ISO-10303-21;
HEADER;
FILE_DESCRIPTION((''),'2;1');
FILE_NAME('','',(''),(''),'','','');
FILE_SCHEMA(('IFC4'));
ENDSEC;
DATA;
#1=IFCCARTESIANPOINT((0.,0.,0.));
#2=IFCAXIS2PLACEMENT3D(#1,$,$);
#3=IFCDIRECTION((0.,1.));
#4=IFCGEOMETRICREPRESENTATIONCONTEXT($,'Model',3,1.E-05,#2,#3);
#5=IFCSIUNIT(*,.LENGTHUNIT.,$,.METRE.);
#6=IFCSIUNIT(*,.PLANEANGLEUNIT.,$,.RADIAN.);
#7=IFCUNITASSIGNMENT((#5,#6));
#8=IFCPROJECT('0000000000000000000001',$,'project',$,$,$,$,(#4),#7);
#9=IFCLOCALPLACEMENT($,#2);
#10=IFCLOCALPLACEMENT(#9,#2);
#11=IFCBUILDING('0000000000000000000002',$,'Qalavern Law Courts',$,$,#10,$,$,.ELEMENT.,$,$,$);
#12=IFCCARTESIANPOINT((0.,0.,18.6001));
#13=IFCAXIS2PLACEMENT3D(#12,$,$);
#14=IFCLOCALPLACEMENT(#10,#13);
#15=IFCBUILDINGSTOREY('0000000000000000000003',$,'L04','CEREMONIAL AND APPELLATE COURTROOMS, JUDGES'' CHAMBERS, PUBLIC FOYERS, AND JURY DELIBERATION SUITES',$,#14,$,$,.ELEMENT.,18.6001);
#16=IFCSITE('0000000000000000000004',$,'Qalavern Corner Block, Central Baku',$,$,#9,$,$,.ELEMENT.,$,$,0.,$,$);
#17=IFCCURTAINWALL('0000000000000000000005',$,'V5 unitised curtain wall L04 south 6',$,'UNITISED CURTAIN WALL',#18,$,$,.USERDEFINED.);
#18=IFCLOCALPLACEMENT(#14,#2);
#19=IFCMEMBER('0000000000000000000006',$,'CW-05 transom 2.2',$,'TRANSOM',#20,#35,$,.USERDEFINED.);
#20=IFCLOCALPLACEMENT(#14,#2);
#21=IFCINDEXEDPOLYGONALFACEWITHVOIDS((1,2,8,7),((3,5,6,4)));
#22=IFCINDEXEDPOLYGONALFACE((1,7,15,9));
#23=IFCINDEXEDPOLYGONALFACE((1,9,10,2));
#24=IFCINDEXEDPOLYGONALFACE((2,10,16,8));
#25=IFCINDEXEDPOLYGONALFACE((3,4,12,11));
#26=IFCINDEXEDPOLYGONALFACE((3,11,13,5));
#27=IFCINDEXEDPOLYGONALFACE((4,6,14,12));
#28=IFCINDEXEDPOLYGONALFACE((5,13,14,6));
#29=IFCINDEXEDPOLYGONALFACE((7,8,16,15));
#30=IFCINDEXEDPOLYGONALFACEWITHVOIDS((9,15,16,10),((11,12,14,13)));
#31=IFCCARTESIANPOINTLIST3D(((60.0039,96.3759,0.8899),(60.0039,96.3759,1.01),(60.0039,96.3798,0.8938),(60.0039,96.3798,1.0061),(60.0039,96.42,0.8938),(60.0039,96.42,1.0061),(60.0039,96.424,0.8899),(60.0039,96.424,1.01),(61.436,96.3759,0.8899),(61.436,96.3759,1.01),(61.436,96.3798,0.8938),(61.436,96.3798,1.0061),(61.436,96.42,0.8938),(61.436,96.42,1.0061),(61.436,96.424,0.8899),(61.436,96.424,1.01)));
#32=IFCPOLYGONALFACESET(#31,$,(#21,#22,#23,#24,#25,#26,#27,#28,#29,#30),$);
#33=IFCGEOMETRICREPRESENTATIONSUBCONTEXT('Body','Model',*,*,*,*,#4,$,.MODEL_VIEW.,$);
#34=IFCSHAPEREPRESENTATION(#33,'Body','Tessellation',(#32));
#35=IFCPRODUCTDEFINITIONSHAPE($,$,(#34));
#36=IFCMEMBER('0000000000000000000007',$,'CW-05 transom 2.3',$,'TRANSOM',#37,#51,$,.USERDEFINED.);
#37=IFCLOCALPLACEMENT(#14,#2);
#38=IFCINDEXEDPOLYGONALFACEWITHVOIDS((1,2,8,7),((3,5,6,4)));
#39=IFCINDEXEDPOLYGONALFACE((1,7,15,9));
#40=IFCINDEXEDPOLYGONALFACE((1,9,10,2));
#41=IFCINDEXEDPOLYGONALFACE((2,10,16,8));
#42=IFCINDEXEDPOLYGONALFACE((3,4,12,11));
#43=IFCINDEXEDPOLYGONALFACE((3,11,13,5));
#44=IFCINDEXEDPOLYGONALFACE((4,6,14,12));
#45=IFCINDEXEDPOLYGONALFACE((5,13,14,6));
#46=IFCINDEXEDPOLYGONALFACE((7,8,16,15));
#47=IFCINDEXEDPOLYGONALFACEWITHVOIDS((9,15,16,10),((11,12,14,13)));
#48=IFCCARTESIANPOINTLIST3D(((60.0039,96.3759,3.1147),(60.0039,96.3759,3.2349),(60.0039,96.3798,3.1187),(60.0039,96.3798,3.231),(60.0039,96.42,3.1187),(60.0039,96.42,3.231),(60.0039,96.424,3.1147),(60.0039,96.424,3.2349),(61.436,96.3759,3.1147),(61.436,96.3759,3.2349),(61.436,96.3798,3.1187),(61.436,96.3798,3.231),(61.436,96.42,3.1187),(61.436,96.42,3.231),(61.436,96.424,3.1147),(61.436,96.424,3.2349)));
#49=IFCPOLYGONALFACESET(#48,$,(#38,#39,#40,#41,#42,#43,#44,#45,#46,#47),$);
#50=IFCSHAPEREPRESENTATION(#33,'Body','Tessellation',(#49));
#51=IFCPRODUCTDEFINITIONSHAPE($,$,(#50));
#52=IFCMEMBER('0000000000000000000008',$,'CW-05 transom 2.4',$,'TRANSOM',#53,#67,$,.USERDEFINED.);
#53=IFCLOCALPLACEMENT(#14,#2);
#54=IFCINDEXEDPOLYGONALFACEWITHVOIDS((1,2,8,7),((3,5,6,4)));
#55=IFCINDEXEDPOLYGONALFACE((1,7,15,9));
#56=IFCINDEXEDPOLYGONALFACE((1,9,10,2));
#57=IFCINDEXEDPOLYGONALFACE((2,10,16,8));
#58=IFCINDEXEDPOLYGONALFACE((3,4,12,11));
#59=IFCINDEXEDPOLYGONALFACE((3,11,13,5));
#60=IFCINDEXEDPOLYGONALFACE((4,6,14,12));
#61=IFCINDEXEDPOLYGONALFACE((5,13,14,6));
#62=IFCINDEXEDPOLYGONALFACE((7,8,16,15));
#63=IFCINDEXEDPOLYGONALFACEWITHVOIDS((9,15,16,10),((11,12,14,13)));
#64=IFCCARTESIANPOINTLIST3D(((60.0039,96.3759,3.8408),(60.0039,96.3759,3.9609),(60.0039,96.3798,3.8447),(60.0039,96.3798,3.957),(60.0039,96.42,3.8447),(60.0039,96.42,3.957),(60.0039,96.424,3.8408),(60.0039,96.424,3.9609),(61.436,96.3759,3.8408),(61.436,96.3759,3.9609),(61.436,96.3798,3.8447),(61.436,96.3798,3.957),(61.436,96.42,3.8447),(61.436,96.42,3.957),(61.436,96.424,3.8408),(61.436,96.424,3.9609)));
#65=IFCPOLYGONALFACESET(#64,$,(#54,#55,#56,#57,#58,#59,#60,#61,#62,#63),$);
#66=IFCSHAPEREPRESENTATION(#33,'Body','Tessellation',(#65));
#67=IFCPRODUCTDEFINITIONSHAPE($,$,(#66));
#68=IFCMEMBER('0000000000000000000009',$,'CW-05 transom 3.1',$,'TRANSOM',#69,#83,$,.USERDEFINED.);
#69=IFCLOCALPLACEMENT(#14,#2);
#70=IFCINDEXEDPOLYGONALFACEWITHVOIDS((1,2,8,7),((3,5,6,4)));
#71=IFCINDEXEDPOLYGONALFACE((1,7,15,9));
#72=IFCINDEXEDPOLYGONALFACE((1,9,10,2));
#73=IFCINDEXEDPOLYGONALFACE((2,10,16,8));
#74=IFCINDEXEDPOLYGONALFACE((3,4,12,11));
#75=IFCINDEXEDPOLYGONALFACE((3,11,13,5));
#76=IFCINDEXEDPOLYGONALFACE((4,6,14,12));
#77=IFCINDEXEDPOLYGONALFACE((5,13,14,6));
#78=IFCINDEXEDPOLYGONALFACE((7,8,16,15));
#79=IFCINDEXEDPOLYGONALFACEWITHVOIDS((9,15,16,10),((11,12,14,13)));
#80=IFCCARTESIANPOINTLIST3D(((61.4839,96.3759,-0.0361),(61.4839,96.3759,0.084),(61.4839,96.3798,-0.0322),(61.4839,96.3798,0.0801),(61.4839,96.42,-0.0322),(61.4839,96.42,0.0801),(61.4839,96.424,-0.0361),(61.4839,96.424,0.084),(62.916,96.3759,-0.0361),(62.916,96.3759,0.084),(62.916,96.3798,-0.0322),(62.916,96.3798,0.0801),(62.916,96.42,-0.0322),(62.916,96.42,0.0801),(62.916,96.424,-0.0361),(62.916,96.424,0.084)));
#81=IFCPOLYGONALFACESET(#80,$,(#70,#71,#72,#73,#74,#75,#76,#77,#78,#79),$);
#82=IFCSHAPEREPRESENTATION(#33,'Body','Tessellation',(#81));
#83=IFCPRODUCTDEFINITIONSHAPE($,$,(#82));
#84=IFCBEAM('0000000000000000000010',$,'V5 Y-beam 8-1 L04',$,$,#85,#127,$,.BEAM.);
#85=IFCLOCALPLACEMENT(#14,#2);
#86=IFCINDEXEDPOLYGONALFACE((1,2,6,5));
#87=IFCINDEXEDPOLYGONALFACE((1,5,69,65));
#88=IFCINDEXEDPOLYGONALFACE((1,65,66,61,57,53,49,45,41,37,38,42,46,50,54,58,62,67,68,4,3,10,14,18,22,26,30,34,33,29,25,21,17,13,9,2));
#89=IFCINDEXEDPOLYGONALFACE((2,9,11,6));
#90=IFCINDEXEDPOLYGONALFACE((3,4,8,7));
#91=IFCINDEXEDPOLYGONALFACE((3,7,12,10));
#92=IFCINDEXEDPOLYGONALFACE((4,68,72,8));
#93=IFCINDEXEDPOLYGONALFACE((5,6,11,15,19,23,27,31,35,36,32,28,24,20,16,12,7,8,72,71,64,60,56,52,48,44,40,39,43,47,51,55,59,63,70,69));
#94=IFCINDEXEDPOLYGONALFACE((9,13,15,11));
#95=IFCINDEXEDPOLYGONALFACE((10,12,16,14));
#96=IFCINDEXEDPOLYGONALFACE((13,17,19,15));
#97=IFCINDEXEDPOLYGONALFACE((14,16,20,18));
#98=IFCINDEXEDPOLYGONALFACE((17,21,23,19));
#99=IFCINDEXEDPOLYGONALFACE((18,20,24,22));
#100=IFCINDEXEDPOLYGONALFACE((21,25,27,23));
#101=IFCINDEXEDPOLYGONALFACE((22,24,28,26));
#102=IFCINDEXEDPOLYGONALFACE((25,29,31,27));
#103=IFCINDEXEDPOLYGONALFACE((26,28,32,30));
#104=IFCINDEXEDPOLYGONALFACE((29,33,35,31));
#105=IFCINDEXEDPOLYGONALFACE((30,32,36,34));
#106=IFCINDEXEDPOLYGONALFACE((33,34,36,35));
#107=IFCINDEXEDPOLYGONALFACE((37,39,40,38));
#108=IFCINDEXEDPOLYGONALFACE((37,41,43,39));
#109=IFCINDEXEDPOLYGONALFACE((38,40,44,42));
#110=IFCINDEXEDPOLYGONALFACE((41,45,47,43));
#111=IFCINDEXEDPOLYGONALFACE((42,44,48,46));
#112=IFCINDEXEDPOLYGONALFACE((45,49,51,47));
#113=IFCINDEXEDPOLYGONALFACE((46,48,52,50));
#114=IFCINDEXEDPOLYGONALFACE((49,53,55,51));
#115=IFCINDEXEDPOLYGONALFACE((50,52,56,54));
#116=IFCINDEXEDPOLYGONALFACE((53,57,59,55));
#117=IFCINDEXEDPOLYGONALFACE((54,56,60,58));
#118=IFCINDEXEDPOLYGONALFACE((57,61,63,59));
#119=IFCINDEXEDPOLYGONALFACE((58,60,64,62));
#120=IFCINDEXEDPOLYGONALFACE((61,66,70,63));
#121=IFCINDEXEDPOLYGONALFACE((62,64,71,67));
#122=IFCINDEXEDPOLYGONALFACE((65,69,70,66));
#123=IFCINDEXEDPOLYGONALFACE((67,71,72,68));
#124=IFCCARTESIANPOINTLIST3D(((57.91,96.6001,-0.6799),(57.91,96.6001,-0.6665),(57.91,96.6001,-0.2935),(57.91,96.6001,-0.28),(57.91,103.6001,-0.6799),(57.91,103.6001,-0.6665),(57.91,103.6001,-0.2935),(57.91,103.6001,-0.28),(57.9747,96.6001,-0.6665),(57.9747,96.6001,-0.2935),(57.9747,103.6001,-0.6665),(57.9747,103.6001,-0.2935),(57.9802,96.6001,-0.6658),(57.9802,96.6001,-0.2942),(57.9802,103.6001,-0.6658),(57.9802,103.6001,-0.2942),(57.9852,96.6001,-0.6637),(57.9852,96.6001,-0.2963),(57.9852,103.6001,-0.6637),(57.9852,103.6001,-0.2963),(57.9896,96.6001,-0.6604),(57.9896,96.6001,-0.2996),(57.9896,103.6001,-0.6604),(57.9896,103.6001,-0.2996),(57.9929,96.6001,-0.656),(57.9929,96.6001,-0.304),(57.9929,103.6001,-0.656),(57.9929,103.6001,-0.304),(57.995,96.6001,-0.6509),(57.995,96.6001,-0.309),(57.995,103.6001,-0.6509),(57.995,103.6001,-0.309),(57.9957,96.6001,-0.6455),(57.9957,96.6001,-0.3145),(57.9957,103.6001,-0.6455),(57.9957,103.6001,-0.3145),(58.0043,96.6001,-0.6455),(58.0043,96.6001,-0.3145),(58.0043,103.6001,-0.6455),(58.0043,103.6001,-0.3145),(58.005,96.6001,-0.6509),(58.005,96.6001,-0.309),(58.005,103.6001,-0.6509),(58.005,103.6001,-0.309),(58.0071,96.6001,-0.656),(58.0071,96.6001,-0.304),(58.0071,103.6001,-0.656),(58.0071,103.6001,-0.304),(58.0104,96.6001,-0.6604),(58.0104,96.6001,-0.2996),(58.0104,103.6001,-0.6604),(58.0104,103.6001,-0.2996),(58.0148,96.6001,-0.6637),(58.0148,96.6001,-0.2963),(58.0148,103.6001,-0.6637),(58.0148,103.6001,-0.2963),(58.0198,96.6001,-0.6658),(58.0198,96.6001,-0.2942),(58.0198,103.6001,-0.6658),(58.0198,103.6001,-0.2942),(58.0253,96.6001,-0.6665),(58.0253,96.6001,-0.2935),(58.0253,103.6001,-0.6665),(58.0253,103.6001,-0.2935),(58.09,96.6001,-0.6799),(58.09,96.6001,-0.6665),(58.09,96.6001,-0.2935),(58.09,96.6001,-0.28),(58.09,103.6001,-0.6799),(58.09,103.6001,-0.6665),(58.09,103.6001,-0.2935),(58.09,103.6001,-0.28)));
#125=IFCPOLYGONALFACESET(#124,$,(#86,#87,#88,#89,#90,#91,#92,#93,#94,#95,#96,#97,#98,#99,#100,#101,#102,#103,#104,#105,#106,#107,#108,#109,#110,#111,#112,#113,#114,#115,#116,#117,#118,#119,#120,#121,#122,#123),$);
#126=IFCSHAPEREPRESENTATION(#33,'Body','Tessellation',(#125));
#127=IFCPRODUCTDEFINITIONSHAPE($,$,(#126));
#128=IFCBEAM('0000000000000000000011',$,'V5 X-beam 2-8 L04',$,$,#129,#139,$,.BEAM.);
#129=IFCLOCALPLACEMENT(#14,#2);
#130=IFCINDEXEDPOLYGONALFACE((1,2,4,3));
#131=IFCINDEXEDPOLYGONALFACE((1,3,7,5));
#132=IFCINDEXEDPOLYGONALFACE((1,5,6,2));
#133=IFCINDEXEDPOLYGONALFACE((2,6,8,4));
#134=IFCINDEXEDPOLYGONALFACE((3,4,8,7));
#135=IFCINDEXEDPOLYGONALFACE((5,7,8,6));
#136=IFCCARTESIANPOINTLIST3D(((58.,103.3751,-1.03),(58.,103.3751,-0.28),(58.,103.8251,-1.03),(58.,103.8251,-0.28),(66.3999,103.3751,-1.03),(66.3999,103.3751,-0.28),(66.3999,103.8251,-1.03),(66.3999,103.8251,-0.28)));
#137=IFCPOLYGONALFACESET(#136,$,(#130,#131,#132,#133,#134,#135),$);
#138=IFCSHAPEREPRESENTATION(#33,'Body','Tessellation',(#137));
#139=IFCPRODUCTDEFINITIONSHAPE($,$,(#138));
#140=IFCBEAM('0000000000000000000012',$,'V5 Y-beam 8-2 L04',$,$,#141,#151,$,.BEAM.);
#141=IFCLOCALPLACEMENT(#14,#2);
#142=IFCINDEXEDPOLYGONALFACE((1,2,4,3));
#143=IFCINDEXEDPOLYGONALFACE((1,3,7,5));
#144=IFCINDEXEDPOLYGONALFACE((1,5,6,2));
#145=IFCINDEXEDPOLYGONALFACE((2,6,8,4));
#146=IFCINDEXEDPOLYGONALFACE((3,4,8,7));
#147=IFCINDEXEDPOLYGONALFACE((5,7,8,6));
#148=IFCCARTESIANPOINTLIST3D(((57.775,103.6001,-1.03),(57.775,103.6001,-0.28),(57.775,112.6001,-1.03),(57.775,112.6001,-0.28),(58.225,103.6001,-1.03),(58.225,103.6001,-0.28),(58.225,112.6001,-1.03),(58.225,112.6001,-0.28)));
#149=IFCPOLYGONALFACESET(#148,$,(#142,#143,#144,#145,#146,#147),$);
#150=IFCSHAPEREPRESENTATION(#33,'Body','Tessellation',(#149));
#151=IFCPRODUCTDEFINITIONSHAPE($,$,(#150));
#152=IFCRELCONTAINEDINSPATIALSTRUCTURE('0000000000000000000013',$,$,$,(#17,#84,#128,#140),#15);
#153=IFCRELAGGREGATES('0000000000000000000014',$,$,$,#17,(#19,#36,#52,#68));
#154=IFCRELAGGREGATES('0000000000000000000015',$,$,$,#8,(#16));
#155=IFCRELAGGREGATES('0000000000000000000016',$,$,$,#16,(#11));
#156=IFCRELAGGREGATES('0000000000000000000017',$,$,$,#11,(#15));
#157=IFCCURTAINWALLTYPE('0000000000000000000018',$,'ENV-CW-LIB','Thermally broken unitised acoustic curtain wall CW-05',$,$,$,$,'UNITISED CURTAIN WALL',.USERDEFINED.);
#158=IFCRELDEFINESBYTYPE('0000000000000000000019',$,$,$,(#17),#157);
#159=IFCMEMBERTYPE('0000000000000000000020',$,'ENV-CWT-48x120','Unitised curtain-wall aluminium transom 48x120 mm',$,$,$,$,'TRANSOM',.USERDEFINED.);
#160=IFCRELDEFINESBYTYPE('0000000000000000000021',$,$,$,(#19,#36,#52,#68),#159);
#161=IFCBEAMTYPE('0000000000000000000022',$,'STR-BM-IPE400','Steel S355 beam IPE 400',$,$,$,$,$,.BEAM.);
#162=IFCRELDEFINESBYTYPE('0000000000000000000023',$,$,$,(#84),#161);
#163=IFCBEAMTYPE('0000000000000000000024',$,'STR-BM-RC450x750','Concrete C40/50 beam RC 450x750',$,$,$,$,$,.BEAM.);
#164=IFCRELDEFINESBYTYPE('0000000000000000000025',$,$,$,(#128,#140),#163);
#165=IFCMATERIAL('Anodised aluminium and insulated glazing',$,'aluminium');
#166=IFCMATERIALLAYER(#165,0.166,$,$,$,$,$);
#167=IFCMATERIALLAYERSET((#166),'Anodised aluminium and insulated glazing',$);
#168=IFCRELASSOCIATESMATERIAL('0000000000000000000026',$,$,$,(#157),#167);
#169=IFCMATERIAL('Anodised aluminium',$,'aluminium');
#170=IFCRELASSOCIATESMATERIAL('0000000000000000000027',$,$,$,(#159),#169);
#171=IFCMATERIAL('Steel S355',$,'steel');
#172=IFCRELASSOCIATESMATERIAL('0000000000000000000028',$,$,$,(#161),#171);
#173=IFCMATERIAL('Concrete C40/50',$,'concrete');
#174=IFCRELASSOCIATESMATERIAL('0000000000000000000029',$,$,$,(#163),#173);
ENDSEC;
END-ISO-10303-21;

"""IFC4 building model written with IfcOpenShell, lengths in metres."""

from ifc_helpers import new_model, si_unit, direction, frame, origin, origin_2d, place, context, subcontext, project, spatial, rectangle, hollow_rectangle, i_section, extrude, material, layer, layer_set, material_profile, profile_set, type_object, element, aggregate, save


model = new_model("IFC4")

# Units and contexts
model_context = context("Model", 3, precision=1e-05, world=origin(), true_north=direction((0.0, 1.0)))
body_context = subcontext(model_context, "Body", "Model", "MODEL_VIEW")
ifc_project = project(units=[si_unit("LENGTHUNIT", "METRE"), si_unit("PLANEANGLEUNIT", "RADIAN")], contexts=[model_context])

# Site, building, storey
site_placement = place(None, origin())
site = spatial("IfcSite", under=ifc_project, at=site_placement, Name="Qalavern Corner Block, Central Baku", CompositionType="ELEMENT", RefElevation=0.0)
building_placement = place(site_placement, origin())
building = spatial("IfcBuilding", under=site, at=building_placement, Name="Qalavern Law Courts", CompositionType="ELEMENT")
storey_placement = place(building_placement, frame((0.0, 0.0, 18.6001)))
storey = spatial("IfcBuildingStorey", under=building, at=storey_placement, Name="L04", Description="CEREMONIAL AND APPELLATE COURTROOMS, JUDGES' CHAMBERS, PUBLIC FOYERS, AND JURY DELIBERATION SUITES", CompositionType="ELEMENT", Elevation=18.6001)

# Shared definitions
ifc_material_1 = material(Name="Anodised aluminium and insulated glazing", Category="aluminium")
ifc_layer_1 = layer(ifc_material_1, 0.166)
ifc_layer_set_1 = layer_set([ifc_layer_1], Name="Anodised aluminium and insulated glazing")
curtain_wall_type = type_object("IfcCurtainWallType", Name="ENV-CW-LIB", Description="Thermally broken unitised acoustic curtain wall CW-05", ElementType="UNITISED CURTAIN WALL", PredefinedType="USERDEFINED", material=ifc_layer_set_1)
ifc_material_2 = material(Name="Anodised aluminium", Category="aluminium")

# Curtain wall, members
curtain_wall_1_placement = place(storey_placement, origin())
curtain_wall_1 = element("IfcCurtainWall", 1, at=curtain_wall_1_placement, inside=storey, type_object=curtain_wall_type, Name="V5 unitised curtain wall L04 south 6", ObjectType="UNITISED CURTAIN WALL", PredefinedType="USERDEFINED")
ifc_material_profile_1 = material_profile(ifc_material_2, hollow_rectangle(XDim=0.0481, YDim=0.1201, WallThickness=0.0039, at=origin_2d()), Name="ALU TRANSOM 48x120")
ifc_profile_set_1 = profile_set([ifc_material_profile_1], Name="Anodised aluminium")
member_type_1 = type_object("IfcMemberType", Name="ENV-CWT-48x120", Description="Unitised curtain-wall aluminium transom 48x120 mm", ElementType="TRANSOM", PredefinedType="USERDEFINED", material=ifc_profile_set_1)
member_1_placement = place(storey_placement, frame((60.0039, 96.3999, 0.95), z_axis=(1.0, 0.0, 0.0), x_axis=(0.0, 1.0, 0.0)))
member_1 = element("IfcMember", 2, at=member_1_placement, type_object=member_type_1, Name="CW-05 transom 2.2", ObjectType="TRANSOM", PredefinedType="USERDEFINED", context=body_context, shape_type="SweptSolid", body=[
    extrude(hollow_rectangle(XDim=0.0481, YDim=0.1201, WallThickness=0.0039, at=origin_2d()), origin(), (0.0, 0.0, 1.0), 1.4321),
])
member_2_placement = place(storey_placement, frame((60.0039, 96.3999, 3.1748), z_axis=(1.0, 0.0, 0.0), x_axis=(0.0, 1.0, 0.0)))
member_2 = element("IfcMember", 3, at=member_2_placement, type_object=member_type_1, Name="CW-05 transom 2.3", ObjectType="TRANSOM", PredefinedType="USERDEFINED", context=body_context, shape_type="SweptSolid", body=[
    extrude(hollow_rectangle(XDim=0.0481, YDim=0.1201, WallThickness=0.0039, at=origin_2d()), origin(), (0.0, 0.0, 1.0), 1.4321),
])
member_3_placement = place(storey_placement, frame((60.0039, 96.3999, 3.9009), z_axis=(1.0, 0.0, 0.0), x_axis=(0.0, 1.0, 0.0)))
member_3 = element("IfcMember", 4, at=member_3_placement, type_object=member_type_1, Name="CW-05 transom 2.4", ObjectType="TRANSOM", PredefinedType="USERDEFINED", context=body_context, shape_type="SweptSolid", body=[
    extrude(hollow_rectangle(XDim=0.0481, YDim=0.1201, WallThickness=0.0039, at=origin_2d()), origin(), (0.0, 0.0, 1.0), 1.4321),
])
member_4_placement = place(storey_placement, frame((61.4839, 96.3999, 0.0239), z_axis=(1.0, 0.0, 0.0), x_axis=(0.0, 1.0, 0.0)))
member_4 = element("IfcMember", 5, at=member_4_placement, type_object=member_type_1, Name="CW-05 transom 3.1", ObjectType="TRANSOM", PredefinedType="USERDEFINED", context=body_context, shape_type="SweptSolid", body=[
    extrude(hollow_rectangle(XDim=0.0481, YDim=0.1201, WallThickness=0.0039, at=origin_2d()), origin(), (0.0, 0.0, 1.0), 1.4321),
])

# Beams
ifc_material_3 = material(Name="Steel S355", Category="steel")
ifc_material_profile_2 = material_profile(ifc_material_3, i_section(OverallWidth=0.1799, OverallDepth=0.3999, WebThickness=0.0085, FlangeThickness=0.0134, FilletRadius=0.021, at=origin_2d()), Name="IPE 400")
ifc_profile_set_2 = profile_set([ifc_material_profile_2], Name="Steel S355")
beam_type_1 = type_object("IfcBeamType", Name="STR-BM-IPE400", Description="Steel S355 beam IPE 400", PredefinedType="BEAM", material=ifc_profile_set_2)
beam_1_placement = place(storey_placement, frame((58.0, 96.6001, -0.48), z_axis=(0.0, 1.0, 0.0), x_axis=(-1.0, 0.0, 0.0)))
element("IfcBeam", 6, at=beam_1_placement, inside=storey, type_object=beam_type_1, Name="V5 Y-beam 8-1 L04", PredefinedType="BEAM", context=body_context, shape_type="SweptSolid", body=[
    extrude(i_section(OverallWidth=0.1799, OverallDepth=0.3999, WebThickness=0.0085, FlangeThickness=0.0134, FilletRadius=0.021, at=origin_2d()), origin(), (0.0, 0.0, 1.0), 7.0),
])
ifc_material_4 = material(Name="Concrete C40/50", Category="concrete")
ifc_material_profile_3 = material_profile(ifc_material_4, rectangle(XDim=0.45, YDim=0.75, at=origin_2d()), Name="RC 450x750")
ifc_profile_set_3 = profile_set([ifc_material_profile_3], Name="Concrete C40/50")
beam_type_2 = type_object("IfcBeamType", Name="STR-BM-RC450x750", Description="Concrete C40/50 beam RC 450x750", PredefinedType="BEAM", material=ifc_profile_set_3)
beam_2_placement = place(storey_placement, frame((58.0, 103.6001, -0.655), z_axis=(1.0, 0.0, 0.0), x_axis=(0.0, 1.0, 0.0)))
element("IfcBeam", 7, at=beam_2_placement, inside=storey, type_object=beam_type_2, Name="V5 X-beam 2-8 L04", PredefinedType="BEAM", context=body_context, shape_type="SweptSolid", body=[
    extrude(rectangle(XDim=0.45, YDim=0.75, at=origin_2d()), origin(), (0.0, 0.0, 1.0), 8.3999),
])
beam_3_placement = place(storey_placement, frame((58.0, 103.6001, -0.655), z_axis=(0.0, 1.0, 0.0), x_axis=(-1.0, 0.0, 0.0)))
element("IfcBeam", 8, at=beam_3_placement, inside=storey, type_object=beam_type_2, Name="V5 Y-beam 8-2 L04", PredefinedType="BEAM", context=body_context, shape_type="SweptSolid", body=[
    extrude(rectangle(XDim=0.45, YDim=0.75, at=origin_2d()), origin(), (0.0, 0.0, 1.0), 9.0),
])

aggregate(curtain_wall_1, [member_1, member_2, member_3, member_4])

save(model, "model.ifc")
